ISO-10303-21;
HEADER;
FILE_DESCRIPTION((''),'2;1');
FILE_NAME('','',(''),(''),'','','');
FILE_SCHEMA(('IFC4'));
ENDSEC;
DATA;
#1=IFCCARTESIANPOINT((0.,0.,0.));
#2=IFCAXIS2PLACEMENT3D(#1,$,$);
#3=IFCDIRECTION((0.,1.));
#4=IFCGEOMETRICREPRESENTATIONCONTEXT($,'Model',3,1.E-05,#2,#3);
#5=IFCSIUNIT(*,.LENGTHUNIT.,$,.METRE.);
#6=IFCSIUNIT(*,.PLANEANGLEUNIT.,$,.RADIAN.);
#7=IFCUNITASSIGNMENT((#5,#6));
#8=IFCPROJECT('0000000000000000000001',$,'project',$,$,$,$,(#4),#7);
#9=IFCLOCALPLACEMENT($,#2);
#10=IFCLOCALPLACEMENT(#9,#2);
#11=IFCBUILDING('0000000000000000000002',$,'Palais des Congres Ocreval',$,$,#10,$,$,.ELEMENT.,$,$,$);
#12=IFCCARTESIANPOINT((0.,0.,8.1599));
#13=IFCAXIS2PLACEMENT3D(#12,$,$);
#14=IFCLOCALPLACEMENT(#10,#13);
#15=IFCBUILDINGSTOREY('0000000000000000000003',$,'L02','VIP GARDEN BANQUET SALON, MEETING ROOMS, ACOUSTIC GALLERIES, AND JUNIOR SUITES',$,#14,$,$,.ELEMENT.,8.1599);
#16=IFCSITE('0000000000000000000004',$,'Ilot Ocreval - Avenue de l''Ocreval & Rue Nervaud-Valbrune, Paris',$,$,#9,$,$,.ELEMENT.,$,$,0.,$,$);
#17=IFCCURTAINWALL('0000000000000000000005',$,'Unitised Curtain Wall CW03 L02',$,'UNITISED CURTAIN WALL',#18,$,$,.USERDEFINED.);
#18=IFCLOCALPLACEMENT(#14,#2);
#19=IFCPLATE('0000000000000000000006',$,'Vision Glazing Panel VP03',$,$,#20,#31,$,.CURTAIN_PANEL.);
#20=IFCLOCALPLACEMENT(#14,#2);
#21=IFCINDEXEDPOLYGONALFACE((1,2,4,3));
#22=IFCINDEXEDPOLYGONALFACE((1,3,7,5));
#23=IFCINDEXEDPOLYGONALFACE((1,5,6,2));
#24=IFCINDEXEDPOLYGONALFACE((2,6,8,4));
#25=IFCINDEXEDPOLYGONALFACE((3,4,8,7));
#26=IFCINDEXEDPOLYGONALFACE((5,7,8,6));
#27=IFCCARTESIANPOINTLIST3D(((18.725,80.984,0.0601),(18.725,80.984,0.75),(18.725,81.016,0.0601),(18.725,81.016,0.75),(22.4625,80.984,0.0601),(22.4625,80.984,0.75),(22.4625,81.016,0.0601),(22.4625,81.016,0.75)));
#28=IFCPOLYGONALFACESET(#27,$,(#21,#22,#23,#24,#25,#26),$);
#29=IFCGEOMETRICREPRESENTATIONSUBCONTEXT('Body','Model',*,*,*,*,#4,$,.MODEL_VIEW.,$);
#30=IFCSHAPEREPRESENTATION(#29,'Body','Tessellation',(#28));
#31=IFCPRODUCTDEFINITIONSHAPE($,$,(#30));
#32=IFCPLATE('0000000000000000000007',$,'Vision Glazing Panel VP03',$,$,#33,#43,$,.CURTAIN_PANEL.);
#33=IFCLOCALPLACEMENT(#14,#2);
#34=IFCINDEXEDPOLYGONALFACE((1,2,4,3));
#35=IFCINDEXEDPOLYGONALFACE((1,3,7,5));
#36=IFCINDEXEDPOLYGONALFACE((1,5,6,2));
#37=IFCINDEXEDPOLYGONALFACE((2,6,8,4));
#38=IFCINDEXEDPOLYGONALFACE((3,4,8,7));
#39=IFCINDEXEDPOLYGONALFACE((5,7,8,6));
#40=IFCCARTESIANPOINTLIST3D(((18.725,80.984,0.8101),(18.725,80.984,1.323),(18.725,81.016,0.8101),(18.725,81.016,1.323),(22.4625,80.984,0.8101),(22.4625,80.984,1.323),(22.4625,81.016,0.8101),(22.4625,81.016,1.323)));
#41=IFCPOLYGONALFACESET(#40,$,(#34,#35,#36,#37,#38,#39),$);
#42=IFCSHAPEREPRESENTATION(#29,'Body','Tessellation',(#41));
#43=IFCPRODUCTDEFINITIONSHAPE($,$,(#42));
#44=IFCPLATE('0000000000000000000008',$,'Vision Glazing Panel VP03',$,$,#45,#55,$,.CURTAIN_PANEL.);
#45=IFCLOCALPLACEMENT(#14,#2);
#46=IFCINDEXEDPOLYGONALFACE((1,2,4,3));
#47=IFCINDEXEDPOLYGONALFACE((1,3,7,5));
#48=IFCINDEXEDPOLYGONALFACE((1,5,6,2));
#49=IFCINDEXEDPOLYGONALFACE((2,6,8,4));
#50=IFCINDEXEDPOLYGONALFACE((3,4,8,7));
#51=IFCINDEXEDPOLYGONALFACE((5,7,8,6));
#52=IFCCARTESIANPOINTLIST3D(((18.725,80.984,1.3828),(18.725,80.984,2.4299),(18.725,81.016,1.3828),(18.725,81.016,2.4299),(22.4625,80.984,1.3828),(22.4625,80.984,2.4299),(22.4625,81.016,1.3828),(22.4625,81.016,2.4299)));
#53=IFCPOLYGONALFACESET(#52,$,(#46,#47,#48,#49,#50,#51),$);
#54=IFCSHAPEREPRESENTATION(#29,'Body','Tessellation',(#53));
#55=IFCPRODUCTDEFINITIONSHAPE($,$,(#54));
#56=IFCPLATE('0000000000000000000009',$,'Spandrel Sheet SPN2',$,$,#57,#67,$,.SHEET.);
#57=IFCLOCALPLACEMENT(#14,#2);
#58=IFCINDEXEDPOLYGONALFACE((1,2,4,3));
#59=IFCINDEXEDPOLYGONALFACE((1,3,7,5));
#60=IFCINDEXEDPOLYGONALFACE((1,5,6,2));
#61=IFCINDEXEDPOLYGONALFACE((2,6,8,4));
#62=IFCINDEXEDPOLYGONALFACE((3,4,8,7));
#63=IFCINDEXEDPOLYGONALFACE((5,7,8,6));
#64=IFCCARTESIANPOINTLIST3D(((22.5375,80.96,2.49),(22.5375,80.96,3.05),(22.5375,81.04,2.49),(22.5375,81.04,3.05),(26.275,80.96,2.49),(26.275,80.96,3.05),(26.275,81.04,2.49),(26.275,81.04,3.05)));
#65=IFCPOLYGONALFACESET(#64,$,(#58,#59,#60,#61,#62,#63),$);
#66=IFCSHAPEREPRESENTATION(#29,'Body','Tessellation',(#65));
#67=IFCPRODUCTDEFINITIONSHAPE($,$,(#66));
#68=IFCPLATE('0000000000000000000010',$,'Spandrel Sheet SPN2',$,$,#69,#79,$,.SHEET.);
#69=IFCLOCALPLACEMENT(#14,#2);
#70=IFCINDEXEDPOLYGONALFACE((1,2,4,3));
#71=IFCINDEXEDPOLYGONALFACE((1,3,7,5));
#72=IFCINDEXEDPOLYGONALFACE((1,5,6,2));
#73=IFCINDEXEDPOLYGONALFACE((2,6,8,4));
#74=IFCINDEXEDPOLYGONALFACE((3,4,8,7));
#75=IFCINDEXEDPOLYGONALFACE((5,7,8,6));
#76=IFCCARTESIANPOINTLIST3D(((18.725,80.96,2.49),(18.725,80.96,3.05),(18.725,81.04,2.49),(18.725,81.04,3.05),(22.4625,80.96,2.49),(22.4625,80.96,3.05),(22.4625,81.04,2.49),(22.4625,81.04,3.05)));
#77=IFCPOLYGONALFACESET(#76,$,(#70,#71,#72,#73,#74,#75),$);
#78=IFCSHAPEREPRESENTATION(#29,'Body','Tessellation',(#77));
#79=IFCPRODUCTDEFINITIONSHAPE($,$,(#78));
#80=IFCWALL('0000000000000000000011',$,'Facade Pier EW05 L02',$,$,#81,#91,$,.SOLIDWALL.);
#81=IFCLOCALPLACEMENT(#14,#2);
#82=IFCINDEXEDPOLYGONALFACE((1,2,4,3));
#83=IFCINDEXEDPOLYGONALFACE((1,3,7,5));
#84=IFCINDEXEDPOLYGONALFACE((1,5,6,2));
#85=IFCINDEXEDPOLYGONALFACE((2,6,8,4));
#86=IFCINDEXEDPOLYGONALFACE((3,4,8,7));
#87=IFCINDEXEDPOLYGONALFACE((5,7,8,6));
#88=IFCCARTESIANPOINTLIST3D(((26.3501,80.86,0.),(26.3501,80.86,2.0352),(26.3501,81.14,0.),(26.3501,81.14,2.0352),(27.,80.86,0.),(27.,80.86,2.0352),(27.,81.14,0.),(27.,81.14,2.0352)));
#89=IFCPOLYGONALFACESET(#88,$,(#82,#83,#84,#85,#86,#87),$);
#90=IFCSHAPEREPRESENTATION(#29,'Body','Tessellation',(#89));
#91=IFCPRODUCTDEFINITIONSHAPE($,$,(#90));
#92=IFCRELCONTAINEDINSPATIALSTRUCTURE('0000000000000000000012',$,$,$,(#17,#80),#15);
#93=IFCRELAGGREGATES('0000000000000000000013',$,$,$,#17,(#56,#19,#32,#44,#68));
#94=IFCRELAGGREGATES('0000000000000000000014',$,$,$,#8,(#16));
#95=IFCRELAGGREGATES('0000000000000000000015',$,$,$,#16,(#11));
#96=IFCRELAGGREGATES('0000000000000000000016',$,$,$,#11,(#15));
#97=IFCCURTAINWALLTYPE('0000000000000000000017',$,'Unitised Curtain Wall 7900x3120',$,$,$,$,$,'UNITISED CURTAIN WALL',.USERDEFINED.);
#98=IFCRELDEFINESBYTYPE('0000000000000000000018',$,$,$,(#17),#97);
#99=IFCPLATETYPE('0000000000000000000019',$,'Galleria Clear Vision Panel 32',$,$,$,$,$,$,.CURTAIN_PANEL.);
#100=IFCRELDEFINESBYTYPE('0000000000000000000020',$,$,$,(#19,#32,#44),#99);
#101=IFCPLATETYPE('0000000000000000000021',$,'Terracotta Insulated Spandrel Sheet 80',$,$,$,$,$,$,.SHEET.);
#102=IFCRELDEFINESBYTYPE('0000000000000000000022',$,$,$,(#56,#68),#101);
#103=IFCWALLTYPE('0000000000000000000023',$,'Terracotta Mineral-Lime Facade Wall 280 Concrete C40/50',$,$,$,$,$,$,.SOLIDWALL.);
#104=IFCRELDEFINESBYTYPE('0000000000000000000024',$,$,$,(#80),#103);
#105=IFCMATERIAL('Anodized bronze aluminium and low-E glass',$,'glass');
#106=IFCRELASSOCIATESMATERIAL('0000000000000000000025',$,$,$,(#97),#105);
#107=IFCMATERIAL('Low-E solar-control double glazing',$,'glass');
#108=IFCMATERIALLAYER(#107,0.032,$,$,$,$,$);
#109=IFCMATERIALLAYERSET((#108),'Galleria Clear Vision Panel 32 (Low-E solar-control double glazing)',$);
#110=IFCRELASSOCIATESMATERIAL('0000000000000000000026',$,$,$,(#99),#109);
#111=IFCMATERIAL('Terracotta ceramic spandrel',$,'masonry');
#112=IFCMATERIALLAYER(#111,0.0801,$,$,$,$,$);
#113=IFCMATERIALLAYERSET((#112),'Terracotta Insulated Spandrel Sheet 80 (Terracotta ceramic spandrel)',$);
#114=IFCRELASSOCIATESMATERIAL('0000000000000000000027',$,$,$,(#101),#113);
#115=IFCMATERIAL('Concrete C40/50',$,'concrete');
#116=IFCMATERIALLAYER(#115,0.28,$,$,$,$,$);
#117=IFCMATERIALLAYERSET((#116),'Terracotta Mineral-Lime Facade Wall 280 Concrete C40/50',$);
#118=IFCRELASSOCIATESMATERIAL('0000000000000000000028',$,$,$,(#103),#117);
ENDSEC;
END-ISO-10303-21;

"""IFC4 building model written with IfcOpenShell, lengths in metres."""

from ifc_helpers import new_model, si_unit, direction, frame, frame_2d, origin, origin_2d, place, context, subcontext, project, spatial, rectangle, extrude, material, layer, layer_set, type_object, element, aggregate, save


model = new_model("IFC4")

# Units and contexts
model_context = context("Model", 3, precision=1e-05, world=origin(), true_north=direction((0.0, 1.0)))
body_context = subcontext(model_context, "Body", "Model", "MODEL_VIEW")
ifc_project = project(units=[si_unit("LENGTHUNIT", "METRE"), si_unit("PLANEANGLEUNIT", "RADIAN")], contexts=[model_context])

# Site, building, storey
site_placement = place(None, origin())
site = spatial("IfcSite", under=ifc_project, at=site_placement, Name="Ilot Ocreval - Avenue de l'Ocreval & Rue Nervaud-Valbrune, Paris", CompositionType="ELEMENT", RefElevation=0.0)
building_placement = place(site_placement, origin())
building = spatial("IfcBuilding", under=site, at=building_placement, Name="Palais des Congres Ocreval", CompositionType="ELEMENT")
storey_placement = place(building_placement, frame((0.0, 0.0, 8.1599)))
storey = spatial("IfcBuildingStorey", under=building, at=storey_placement, Name="L02", Description="VIP GARDEN BANQUET SALON, MEETING ROOMS, ACOUSTIC GALLERIES, AND JUNIOR SUITES", CompositionType="ELEMENT", Elevation=8.1599)

# Curtain wall
ifc_material_1 = material(Name="Anodized bronze aluminium and low-E glass", Category="glass")
curtain_wall_type = type_object("IfcCurtainWallType", Name="Unitised Curtain Wall 7900x3120", ElementType="UNITISED CURTAIN WALL", PredefinedType="USERDEFINED", material=ifc_material_1)
curtain_wall_placement = place(storey_placement, origin())
curtain_wall = element("IfcCurtainWall", 1, at=curtain_wall_placement, inside=storey, type_object=curtain_wall_type, Name="Unitised Curtain Wall CW03 L02", ObjectType="UNITISED CURTAIN WALL", PredefinedType="USERDEFINED")

# Plates
ifc_material_2 = material(Name="Low-E solar-control double glazing", Category="glass")
ifc_layer_1 = layer(ifc_material_2, 0.032)
ifc_layer_set_1 = layer_set([ifc_layer_1], Name="Galleria Clear Vision Panel 32 (Low-E solar-control double glazing)")
plate_type_1 = type_object("IfcPlateType", Name="Galleria Clear Vision Panel 32", PredefinedType="CURTAIN_PANEL", material=ifc_layer_set_1)
plate_1_placement = place(storey_placement, frame((20.5938, 81.0, 0.0601), z_axis=(0.0, 0.0, 1.0), x_axis=(-1.0, 0.0, 0.0)))
plate_1 = element("IfcPlate", 2, at=plate_1_placement, type_object=plate_type_1, Name="Vision Glazing Panel VP03", PredefinedType="CURTAIN_PANEL", context=body_context, shape_type="SweptSolid", body=[
    extrude(rectangle(XDim=3.7375, YDim=0.032, at=origin_2d()), origin(), (0.0, 0.0, 1.0), 0.6899),
])
plate_2_placement = place(storey_placement, frame((20.5938, 81.0, 0.8101), z_axis=(0.0, 0.0, 1.0), x_axis=(-1.0, 0.0, 0.0)))
plate_2 = element("IfcPlate", 3, at=plate_2_placement, type_object=plate_type_1, Name="Vision Glazing Panel VP03", PredefinedType="CURTAIN_PANEL", context=body_context, shape_type="SweptSolid", body=[
    extrude(rectangle(XDim=3.7375, YDim=0.032, at=origin_2d()), origin(), (0.0, 0.0, 1.0), 0.5129),
])
plate_3_placement = place(storey_placement, frame((20.5938, 81.0, 1.3828), z_axis=(0.0, 0.0, 1.0), x_axis=(-1.0, 0.0, 0.0)))
plate_3 = element("IfcPlate", 4, at=plate_3_placement, type_object=plate_type_1, Name="Vision Glazing Panel VP03", PredefinedType="CURTAIN_PANEL", context=body_context, shape_type="SweptSolid", body=[
    extrude(rectangle(XDim=3.7375, YDim=0.032, at=origin_2d()), origin(), (0.0, 0.0, 1.0), 1.0471),
])
ifc_material_3 = material(Name="Terracotta ceramic spandrel", Category="masonry")
ifc_layer_2 = layer(ifc_material_3, 0.0801)
ifc_layer_set_2 = layer_set([ifc_layer_2], Name="Terracotta Insulated Spandrel Sheet 80 (Terracotta ceramic spandrel)")
plate_type_2 = type_object("IfcPlateType", Name="Terracotta Insulated Spandrel Sheet 80", PredefinedType="SHEET", material=ifc_layer_set_2)
plate_4_placement = place(storey_placement, frame((24.4062, 81.0, 2.49), z_axis=(0.0, 0.0, 1.0), x_axis=(-1.0, 0.0, 0.0)))
plate_4 = element("IfcPlate", 5, at=plate_4_placement, type_object=plate_type_2, Name="Spandrel Sheet SPN2", PredefinedType="SHEET", context=body_context, shape_type="SweptSolid", body=[
    extrude(rectangle(XDim=3.7375, YDim=0.0801, at=origin_2d()), origin(), (0.0, 0.0, 1.0), 0.5601),
])
plate_5_placement = place(storey_placement, frame((20.5938, 81.0, 2.49), z_axis=(0.0, 0.0, 1.0), x_axis=(-1.0, 0.0, 0.0)))
plate_5 = element("IfcPlate", 6, at=plate_5_placement, type_object=plate_type_2, Name="Spandrel Sheet SPN2", PredefinedType="SHEET", context=body_context, shape_type="SweptSolid", body=[
    extrude(rectangle(XDim=3.7375, YDim=0.0801, at=origin_2d()), origin(), (0.0, 0.0, 1.0), 0.5601),
])
aggregate(curtain_wall, [plate_4, plate_1, plate_2, plate_3, plate_5])

# Wall
ifc_material_4 = material(Name="Concrete C40/50", Category="concrete")
ifc_layer_3 = layer(ifc_material_4, 0.28)
ifc_layer_set_3 = layer_set([ifc_layer_3], Name="Terracotta Mineral-Lime Facade Wall 280 Concrete C40/50")
wall_type = type_object("IfcWallType", Name="Terracotta Mineral-Lime Facade Wall 280 Concrete C40/50", PredefinedType="SOLIDWALL", material=ifc_layer_set_3)
wall_placement = place(storey_placement, frame((27.0, 81.0, 0.0), z_axis=(0.0, 0.0, 1.0), x_axis=(-1.0, 0.0, 0.0)))
element("IfcWall", 7, at=wall_placement, inside=storey, type_object=wall_type, Name="Facade Pier EW05 L02", PredefinedType="SOLIDWALL", context=body_context, shape_type="SweptSolid", body=[
    extrude(rectangle(XDim=0.6499, YDim=0.28, at=frame_2d((0.325, 0.0))), origin(), (0.0, 0.0, 1.0), 2.0352),
])

save(model, "model.ifc")
